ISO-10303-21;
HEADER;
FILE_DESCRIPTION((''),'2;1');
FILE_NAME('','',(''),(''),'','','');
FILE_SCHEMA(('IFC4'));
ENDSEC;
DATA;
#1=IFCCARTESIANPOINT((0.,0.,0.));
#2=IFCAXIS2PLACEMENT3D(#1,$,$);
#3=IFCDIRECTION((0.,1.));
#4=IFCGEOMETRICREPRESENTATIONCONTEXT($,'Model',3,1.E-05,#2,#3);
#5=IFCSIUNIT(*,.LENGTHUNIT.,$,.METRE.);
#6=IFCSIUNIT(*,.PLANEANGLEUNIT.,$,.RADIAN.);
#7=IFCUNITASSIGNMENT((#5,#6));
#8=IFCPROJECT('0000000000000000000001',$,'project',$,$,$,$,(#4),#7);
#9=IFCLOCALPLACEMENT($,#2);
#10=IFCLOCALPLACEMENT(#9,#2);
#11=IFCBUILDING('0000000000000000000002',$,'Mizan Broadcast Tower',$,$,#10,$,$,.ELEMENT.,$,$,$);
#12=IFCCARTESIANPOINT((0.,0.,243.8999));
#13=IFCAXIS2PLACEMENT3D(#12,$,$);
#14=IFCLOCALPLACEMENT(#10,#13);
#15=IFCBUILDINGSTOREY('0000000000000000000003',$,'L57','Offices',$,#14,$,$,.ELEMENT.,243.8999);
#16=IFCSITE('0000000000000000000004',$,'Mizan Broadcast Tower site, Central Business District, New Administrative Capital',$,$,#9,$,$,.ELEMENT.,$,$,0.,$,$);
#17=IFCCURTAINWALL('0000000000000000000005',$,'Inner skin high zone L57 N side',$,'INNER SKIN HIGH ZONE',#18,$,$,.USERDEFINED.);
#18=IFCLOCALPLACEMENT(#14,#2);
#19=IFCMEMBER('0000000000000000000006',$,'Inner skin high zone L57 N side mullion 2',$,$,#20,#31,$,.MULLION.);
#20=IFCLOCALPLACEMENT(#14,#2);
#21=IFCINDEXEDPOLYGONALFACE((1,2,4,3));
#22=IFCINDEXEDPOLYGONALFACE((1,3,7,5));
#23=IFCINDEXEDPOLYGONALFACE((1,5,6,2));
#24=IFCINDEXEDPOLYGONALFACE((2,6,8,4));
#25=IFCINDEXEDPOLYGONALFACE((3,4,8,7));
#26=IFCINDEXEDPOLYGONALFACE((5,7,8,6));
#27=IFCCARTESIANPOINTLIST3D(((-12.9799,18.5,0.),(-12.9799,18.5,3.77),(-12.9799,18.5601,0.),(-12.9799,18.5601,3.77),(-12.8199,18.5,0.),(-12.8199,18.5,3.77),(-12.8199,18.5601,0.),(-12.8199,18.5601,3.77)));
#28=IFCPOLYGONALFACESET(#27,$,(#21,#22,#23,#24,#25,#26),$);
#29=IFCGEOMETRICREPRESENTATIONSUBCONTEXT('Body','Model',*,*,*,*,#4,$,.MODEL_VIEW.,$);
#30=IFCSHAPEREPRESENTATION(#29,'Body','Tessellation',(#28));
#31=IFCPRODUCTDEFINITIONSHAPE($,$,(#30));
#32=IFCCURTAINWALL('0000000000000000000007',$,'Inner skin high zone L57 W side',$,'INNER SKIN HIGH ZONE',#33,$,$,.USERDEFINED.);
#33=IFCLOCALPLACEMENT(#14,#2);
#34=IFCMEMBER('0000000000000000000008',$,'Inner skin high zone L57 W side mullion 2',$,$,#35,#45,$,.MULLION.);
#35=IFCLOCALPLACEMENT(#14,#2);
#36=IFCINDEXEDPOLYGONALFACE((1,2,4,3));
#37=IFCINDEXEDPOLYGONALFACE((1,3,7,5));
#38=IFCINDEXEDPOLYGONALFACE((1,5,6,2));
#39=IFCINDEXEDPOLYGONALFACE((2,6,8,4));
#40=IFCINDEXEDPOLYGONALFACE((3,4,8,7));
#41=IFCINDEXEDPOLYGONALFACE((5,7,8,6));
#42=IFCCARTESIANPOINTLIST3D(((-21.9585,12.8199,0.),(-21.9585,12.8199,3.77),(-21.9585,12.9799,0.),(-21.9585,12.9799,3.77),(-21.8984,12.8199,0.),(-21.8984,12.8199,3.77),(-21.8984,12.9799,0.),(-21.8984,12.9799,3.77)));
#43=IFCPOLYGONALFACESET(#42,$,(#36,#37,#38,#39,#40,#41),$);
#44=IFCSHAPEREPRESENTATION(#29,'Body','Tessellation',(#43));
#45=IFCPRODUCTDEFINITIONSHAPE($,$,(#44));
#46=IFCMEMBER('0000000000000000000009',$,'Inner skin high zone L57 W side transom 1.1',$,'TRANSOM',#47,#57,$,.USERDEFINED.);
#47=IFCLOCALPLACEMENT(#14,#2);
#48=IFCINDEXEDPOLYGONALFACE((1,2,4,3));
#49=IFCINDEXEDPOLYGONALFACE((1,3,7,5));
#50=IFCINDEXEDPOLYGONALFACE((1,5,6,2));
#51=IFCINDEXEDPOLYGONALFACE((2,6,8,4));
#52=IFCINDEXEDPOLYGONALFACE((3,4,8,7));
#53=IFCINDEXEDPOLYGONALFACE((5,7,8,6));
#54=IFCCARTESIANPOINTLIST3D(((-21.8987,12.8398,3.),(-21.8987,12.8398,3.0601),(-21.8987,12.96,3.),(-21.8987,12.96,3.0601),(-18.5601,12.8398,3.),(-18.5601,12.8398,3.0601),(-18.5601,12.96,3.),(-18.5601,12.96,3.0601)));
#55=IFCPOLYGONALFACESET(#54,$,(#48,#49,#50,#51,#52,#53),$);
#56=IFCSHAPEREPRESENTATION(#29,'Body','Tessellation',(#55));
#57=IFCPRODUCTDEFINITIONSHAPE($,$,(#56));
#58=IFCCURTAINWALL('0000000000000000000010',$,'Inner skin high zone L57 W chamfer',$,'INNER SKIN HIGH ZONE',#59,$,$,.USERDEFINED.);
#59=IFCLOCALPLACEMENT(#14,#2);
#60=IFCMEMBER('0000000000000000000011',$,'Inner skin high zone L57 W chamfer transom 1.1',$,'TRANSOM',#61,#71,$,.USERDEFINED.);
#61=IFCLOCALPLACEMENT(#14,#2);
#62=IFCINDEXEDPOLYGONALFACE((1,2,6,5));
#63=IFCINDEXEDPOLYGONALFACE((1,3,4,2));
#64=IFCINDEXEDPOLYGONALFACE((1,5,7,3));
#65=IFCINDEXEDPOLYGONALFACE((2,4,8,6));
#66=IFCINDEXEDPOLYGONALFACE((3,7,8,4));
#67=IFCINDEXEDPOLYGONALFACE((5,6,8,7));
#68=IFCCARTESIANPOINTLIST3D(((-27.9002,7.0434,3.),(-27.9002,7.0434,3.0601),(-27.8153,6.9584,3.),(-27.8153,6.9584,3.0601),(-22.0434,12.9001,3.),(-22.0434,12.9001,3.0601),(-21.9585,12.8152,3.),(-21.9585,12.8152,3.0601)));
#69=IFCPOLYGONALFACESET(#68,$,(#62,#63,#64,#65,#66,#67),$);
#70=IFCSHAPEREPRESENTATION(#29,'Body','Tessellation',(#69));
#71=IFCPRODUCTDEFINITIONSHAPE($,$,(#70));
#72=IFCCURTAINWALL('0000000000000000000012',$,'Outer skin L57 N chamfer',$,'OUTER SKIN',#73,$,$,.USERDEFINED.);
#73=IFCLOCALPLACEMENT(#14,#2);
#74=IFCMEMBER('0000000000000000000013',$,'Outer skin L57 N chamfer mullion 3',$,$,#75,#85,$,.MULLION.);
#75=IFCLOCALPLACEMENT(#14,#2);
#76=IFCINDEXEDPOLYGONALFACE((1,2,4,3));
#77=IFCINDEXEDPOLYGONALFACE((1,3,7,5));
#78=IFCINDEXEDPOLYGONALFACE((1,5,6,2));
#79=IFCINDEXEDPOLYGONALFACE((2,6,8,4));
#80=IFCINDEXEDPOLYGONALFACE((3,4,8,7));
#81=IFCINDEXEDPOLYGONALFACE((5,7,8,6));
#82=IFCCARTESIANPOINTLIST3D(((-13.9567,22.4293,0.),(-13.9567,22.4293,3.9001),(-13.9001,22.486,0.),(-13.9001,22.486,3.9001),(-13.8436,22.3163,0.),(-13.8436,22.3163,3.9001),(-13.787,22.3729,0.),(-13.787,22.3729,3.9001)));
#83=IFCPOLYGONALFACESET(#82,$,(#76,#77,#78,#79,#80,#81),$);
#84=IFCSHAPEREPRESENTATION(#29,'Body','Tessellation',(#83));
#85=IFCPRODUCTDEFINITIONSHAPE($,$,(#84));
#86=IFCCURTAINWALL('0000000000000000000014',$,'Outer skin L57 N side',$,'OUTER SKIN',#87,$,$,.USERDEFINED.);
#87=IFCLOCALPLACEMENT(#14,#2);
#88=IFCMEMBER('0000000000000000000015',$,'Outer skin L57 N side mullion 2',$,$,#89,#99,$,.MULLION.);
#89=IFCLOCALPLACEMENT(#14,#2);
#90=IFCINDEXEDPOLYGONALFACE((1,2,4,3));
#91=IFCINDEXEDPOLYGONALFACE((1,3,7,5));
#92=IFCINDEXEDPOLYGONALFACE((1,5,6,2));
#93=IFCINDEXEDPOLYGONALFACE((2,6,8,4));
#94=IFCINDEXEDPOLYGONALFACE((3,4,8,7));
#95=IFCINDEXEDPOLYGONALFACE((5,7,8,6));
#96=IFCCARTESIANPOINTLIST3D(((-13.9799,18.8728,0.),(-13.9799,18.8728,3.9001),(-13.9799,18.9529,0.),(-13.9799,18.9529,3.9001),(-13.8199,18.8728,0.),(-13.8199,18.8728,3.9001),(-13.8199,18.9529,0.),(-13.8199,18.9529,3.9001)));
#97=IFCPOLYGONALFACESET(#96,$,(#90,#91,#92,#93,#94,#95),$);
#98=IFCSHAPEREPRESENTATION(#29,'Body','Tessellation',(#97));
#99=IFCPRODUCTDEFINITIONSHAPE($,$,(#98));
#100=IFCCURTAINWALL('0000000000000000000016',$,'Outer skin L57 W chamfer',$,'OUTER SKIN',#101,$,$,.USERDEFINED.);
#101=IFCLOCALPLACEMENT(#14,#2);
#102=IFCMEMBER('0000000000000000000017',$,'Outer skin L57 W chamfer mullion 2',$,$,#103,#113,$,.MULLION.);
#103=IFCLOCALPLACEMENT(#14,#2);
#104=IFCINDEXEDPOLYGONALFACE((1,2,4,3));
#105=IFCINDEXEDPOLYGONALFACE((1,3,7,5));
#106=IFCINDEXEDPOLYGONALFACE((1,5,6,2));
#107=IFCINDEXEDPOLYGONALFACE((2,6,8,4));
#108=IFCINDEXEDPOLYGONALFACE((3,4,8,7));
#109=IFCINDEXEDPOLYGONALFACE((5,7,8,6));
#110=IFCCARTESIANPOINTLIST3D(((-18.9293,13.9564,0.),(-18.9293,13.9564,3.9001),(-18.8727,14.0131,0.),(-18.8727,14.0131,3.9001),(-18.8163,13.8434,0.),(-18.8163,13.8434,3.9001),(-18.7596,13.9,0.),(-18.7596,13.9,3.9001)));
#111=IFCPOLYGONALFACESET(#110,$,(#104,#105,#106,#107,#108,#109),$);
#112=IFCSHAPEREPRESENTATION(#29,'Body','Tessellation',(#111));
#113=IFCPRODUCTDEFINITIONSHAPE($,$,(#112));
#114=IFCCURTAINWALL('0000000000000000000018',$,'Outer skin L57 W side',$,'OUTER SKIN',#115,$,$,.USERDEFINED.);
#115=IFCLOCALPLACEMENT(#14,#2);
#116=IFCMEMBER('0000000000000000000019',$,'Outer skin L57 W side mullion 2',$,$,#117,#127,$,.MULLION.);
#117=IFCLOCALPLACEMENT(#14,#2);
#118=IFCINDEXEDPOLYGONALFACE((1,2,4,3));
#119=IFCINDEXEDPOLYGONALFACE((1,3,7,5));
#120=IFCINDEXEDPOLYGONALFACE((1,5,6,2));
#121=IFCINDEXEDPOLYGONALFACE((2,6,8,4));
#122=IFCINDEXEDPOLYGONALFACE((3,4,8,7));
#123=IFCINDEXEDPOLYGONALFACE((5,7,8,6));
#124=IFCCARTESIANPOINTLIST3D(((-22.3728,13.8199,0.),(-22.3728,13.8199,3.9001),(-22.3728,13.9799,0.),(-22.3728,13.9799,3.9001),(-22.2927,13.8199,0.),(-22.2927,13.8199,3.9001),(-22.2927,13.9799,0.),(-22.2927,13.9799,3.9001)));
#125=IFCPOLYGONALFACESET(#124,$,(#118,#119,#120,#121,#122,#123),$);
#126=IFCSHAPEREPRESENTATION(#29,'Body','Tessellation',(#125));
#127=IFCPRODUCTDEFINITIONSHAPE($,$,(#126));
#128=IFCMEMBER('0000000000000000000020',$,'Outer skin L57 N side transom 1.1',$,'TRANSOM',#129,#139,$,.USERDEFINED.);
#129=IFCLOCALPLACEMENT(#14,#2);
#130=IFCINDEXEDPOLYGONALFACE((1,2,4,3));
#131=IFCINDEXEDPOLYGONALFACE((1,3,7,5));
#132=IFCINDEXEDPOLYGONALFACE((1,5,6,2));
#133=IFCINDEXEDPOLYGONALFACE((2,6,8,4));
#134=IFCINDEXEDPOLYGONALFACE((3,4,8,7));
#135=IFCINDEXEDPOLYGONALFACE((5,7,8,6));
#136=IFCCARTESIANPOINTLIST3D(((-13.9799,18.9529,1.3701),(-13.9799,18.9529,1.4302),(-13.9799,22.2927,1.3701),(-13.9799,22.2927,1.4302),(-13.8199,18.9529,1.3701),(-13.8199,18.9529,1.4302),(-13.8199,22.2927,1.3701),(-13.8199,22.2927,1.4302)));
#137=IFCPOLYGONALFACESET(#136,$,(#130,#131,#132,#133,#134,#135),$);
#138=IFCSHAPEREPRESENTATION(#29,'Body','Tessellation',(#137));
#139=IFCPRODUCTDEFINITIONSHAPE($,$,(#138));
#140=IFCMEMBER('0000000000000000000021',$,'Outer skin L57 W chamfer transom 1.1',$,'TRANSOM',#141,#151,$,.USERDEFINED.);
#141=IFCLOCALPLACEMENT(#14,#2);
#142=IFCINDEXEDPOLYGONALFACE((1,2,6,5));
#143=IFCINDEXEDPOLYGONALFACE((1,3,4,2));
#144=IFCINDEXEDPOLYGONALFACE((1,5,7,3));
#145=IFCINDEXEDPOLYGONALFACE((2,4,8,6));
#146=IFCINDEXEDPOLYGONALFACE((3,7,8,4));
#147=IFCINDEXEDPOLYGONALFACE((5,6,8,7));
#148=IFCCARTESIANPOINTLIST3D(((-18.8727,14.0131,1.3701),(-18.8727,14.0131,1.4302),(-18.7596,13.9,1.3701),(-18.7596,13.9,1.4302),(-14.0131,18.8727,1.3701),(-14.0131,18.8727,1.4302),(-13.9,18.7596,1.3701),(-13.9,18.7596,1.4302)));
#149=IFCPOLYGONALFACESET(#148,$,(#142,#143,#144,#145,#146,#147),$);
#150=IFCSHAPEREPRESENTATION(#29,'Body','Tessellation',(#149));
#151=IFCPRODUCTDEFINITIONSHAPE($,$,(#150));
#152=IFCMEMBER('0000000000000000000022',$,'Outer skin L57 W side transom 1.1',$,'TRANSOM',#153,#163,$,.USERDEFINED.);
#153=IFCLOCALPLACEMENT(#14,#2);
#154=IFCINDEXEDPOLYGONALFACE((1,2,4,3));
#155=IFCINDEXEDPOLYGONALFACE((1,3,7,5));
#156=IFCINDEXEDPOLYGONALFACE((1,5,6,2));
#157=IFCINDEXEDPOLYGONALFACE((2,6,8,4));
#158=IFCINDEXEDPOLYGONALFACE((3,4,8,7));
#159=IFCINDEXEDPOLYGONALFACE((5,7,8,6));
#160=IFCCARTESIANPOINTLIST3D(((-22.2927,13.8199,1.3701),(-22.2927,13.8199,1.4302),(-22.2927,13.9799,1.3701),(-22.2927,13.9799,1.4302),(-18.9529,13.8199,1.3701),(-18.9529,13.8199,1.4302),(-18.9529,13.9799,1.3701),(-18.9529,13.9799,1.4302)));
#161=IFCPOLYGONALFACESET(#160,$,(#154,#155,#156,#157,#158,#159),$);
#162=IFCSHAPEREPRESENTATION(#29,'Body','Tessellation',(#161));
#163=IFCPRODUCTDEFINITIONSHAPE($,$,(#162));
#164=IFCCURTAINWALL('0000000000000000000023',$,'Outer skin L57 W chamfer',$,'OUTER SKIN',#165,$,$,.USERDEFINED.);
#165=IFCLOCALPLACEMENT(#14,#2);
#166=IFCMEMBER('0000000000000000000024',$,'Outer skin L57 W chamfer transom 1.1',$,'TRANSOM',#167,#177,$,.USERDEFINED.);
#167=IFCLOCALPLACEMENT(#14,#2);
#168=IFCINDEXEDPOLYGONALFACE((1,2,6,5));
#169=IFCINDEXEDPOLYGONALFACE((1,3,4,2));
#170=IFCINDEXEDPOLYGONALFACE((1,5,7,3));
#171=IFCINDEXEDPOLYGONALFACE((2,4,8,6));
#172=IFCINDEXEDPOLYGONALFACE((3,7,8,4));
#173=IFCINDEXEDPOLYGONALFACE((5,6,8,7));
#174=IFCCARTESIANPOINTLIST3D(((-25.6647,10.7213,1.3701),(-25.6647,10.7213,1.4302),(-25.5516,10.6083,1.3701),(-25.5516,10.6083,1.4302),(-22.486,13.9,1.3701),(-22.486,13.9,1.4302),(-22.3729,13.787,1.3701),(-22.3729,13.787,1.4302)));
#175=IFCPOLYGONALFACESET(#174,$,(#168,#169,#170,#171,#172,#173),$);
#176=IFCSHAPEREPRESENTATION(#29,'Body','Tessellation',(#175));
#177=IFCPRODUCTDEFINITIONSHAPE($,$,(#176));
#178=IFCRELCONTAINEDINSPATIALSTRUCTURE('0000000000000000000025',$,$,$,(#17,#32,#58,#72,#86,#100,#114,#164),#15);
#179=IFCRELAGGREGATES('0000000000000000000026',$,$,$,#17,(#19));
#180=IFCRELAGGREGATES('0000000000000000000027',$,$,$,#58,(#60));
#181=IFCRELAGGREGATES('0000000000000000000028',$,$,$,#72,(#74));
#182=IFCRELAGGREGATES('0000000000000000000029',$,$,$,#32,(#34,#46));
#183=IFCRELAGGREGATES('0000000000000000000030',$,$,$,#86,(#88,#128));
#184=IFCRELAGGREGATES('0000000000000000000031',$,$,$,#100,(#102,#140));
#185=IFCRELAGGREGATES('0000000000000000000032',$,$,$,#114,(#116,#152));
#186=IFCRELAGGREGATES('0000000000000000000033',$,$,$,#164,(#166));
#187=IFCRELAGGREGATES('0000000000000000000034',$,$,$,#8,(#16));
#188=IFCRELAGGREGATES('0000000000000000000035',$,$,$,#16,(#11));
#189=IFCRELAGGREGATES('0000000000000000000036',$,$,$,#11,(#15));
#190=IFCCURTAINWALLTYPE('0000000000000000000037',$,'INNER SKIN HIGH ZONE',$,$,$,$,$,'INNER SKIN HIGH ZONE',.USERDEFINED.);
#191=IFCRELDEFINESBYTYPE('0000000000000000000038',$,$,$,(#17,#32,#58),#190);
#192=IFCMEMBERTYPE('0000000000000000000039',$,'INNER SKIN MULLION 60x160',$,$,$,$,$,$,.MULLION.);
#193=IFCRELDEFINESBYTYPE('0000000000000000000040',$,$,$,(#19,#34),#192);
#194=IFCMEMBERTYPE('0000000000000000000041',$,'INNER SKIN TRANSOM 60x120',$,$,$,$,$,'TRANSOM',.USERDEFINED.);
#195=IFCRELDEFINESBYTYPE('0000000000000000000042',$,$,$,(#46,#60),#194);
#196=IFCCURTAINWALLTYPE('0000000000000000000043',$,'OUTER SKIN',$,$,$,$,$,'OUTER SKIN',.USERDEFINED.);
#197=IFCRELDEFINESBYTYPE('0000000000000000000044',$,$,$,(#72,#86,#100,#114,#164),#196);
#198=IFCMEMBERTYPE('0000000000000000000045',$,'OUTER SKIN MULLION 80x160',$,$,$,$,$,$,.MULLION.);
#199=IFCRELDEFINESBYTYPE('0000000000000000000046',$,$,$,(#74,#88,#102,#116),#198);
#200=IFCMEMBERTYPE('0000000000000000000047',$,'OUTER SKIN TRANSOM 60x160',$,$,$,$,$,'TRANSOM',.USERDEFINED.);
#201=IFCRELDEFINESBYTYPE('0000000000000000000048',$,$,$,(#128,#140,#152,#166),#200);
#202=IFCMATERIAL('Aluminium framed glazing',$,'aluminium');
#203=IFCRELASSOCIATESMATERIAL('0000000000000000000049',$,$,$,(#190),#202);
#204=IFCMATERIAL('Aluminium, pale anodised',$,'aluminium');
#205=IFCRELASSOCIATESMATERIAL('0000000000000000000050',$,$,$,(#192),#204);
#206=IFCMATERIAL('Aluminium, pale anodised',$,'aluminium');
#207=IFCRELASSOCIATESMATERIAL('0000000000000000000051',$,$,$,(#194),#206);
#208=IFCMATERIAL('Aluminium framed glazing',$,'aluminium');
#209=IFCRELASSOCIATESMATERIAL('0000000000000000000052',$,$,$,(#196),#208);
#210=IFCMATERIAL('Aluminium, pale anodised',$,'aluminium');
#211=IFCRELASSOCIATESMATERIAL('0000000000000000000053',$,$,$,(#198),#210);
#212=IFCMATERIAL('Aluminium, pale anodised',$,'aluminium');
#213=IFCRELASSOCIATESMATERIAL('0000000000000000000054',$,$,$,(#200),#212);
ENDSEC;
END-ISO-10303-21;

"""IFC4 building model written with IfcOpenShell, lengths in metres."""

from ifc_helpers import new_model, si_unit, direction, frame, origin, origin_2d, place, context, subcontext, project, spatial, rectangle, extrude, material, material_profile, profile_set, type_object, element, aggregate, save


model = new_model("IFC4")

# Units and contexts
model_context = context("Model", 3, precision=1e-05, world=origin(), true_north=direction((0.0, 1.0)))
body_context = subcontext(model_context, "Body", "Model", "MODEL_VIEW")
ifc_project = project(units=[si_unit("LENGTHUNIT", "METRE"), si_unit("PLANEANGLEUNIT", "RADIAN")], contexts=[model_context])

# Site, building, storey
site_placement = place(None, origin())
site = spatial("IfcSite", under=ifc_project, at=site_placement, Name="Mizan Broadcast Tower site, Central Business District, New Administrative Capital", CompositionType="ELEMENT", RefElevation=0.0)
building_placement = place(site_placement, origin())
building = spatial("IfcBuilding", under=site, at=building_placement, Name="Mizan Broadcast Tower", CompositionType="ELEMENT")
storey_placement = place(building_placement, frame((0.0, 0.0, 243.8999)))
storey = spatial("IfcBuildingStorey", under=building, at=storey_placement, Name="L57", Description="Offices", CompositionType="ELEMENT", Elevation=243.8999)

# Curtain wall, member
ifc_material_1 = material(Name="Aluminium framed glazing", Category="aluminium")
curtain_wall_type_1 = type_object("IfcCurtainWallType", Name="INNER SKIN HIGH ZONE", ElementType="INNER SKIN HIGH ZONE", PredefinedType="USERDEFINED", material=ifc_material_1)
curtain_wall_1_placement = place(storey_placement, origin())
curtain_wall_1 = element("IfcCurtainWall", 1, at=curtain_wall_1_placement, inside=storey, type_object=curtain_wall_type_1, Name="Inner skin high zone L57 N side", ObjectType="INNER SKIN HIGH ZONE", PredefinedType="USERDEFINED")
ifc_material_2 = material(Name="Aluminium, pale anodised", Category="aluminium")
ifc_material_profile_1 = material_profile(ifc_material_2, rectangle(XDim=0.1599, YDim=0.0601, at=origin_2d()), Name="MULLION 160x60")
ifc_profile_set_1 = profile_set([ifc_material_profile_1], Name="Aluminium, pale anodised")
member_type_1 = type_object("IfcMemberType", Name="INNER SKIN MULLION 60x160", PredefinedType="MULLION", material=ifc_profile_set_1)
member_1_placement = place(storey_placement, frame((-12.8999, 18.53, 0.0), z_axis=(0.0, 0.0, 1.0), x_axis=(1.0, 0.0, 0.0)))
member_1 = element("IfcMember", 2, at=member_1_placement, type_object=member_type_1, Name="Inner skin high zone L57 N side mullion 2", PredefinedType="MULLION", context=body_context, shape_type="SweptSolid", body=[
    extrude(rectangle(XDim=0.1599, YDim=0.0601, at=origin_2d()), origin(), (0.0, 0.0, 1.0), 3.77),
])
aggregate(curtain_wall_1, [member_1])

# Curtain wall, members
curtain_wall_2_placement = place(storey_placement, origin())
curtain_wall_2 = element("IfcCurtainWall", 3, at=curtain_wall_2_placement, inside=storey, type_object=curtain_wall_type_1, Name="Inner skin high zone L57 W side", ObjectType="INNER SKIN HIGH ZONE", PredefinedType="USERDEFINED")
member_2_placement = place(storey_placement, frame((-21.9285, 12.8999, 0.0), z_axis=(0.0, 0.0, 1.0), x_axis=(0.0, -1.0, 0.0)))
member_2 = element("IfcMember", 4, at=member_2_placement, type_object=member_type_1, Name="Inner skin high zone L57 W side mullion 2", PredefinedType="MULLION", context=body_context, shape_type="SweptSolid", body=[
    extrude(rectangle(XDim=0.1599, YDim=0.0601, at=origin_2d()), origin(), (0.0, 0.0, 1.0), 3.77),
])
ifc_material_3 = material(Name="Aluminium, pale anodised", Category="aluminium")
ifc_material_profile_2 = material_profile(ifc_material_3, rectangle(XDim=0.1201, YDim=0.0601, at=origin_2d()), Name="TRANSOM 120x60")
ifc_profile_set_2 = profile_set([ifc_material_profile_2], Name="Aluminium, pale anodised")
member_type_2 = type_object("IfcMemberType", Name="INNER SKIN TRANSOM 60x120", ElementType="TRANSOM", PredefinedType="USERDEFINED", material=ifc_profile_set_2)
member_3_placement = place(storey_placement, frame((-18.5601, 12.8999, 3.03), z_axis=(-1.0, 0.0, 0.0), x_axis=(0.0, -1.0, 0.0)))
member_3 = element("IfcMember", 5, at=member_3_placement, type_object=member_type_2, Name="Inner skin high zone L57 W side transom 1.1", ObjectType="TRANSOM", PredefinedType="USERDEFINED", context=body_context, shape_type="SweptSolid", body=[
    extrude(rectangle(XDim=0.1201, YDim=0.0601, at=origin_2d()), origin(), (0.0, 0.0, 1.0), 3.3386),
])

# Curtain walls, members
curtain_wall_3_placement = place(storey_placement, origin())
curtain_wall_3 = element("IfcCurtainWall", 6, at=curtain_wall_3_placement, inside=storey, type_object=curtain_wall_type_1, Name="Inner skin high zone L57 W chamfer", ObjectType="INNER SKIN HIGH ZONE", PredefinedType="USERDEFINED")
member_4_placement = place(storey_placement, frame((-22.001, 12.8577, 3.03), z_axis=(-0.707107, -0.707107, 0.0), x_axis=(0.707107, -0.707107, 0.0)))
member_4 = element("IfcMember", 7, at=member_4_placement, type_object=member_type_2, Name="Inner skin high zone L57 W chamfer transom 1.1", ObjectType="TRANSOM", PredefinedType="USERDEFINED", context=body_context, shape_type="SweptSolid", body=[
    extrude(rectangle(XDim=0.1201, YDim=0.0601, at=origin_2d()), origin(), (0.0, 0.0, 1.0), 8.2827),
])
aggregate(curtain_wall_3, [member_4])
ifc_material_4 = material(Name="Aluminium framed glazing", Category="aluminium")
curtain_wall_type_2 = type_object("IfcCurtainWallType", Name="OUTER SKIN", ElementType="OUTER SKIN", PredefinedType="USERDEFINED", material=ifc_material_4)
curtain_wall_4_placement = place(storey_placement, origin())
curtain_wall_4 = element("IfcCurtainWall", 8, at=curtain_wall_4_placement, inside=storey, type_object=curtain_wall_type_2, Name="Outer skin L57 N chamfer", ObjectType="OUTER SKIN", PredefinedType="USERDEFINED")
ifc_material_5 = material(Name="Aluminium, pale anodised", Category="aluminium")
ifc_material_profile_3 = material_profile(ifc_material_5, rectangle(XDim=0.1599, YDim=0.0801, at=origin_2d()), Name="MULLION 160x80")
ifc_profile_set_3 = profile_set([ifc_material_profile_3], Name="Aluminium, pale anodised")
member_type_3 = type_object("IfcMemberType", Name="OUTER SKIN MULLION 80x160", PredefinedType="MULLION", material=ifc_profile_set_3)
member_5_placement = place(storey_placement, frame((-13.8718, 22.4011, 0.0), z_axis=(0.0, 0.0, 1.0), x_axis=(0.707107, -0.707107, 0.0)))
member_5 = element("IfcMember", 9, at=member_5_placement, type_object=member_type_3, Name="Outer skin L57 N chamfer mullion 3", PredefinedType="MULLION", context=body_context, shape_type="SweptSolid", body=[
    extrude(rectangle(XDim=0.1599, YDim=0.0801, at=origin_2d()), origin(), (0.0, 0.0, 1.0), 3.9001),
])
aggregate(curtain_wall_4, [member_5])
curtain_wall_5_placement = place(storey_placement, origin())
curtain_wall_5 = element("IfcCurtainWall", 10, at=curtain_wall_5_placement, inside=storey, type_object=curtain_wall_type_2, Name="Outer skin L57 N side", ObjectType="OUTER SKIN", PredefinedType="USERDEFINED")
member_6_placement = place(storey_placement, frame((-13.8999, 18.9128, 0.0), z_axis=(0.0, 0.0, 1.0), x_axis=(1.0, 0.0, 0.0)))
member_6 = element("IfcMember", 11, at=member_6_placement, type_object=member_type_3, Name="Outer skin L57 N side mullion 2", PredefinedType="MULLION", context=body_context, shape_type="SweptSolid", body=[
    extrude(rectangle(XDim=0.1599, YDim=0.0801, at=origin_2d()), origin(), (0.0, 0.0, 1.0), 3.9001),
])
curtain_wall_6_placement = place(storey_placement, origin())
curtain_wall_6 = element("IfcCurtainWall", 12, at=curtain_wall_6_placement, inside=storey, type_object=curtain_wall_type_2, Name="Outer skin L57 W chamfer", ObjectType="OUTER SKIN", PredefinedType="USERDEFINED")
member_7_placement = place(storey_placement, frame((-18.8445, 13.9282, 0.0), z_axis=(0.0, 0.0, 1.0), x_axis=(0.707107, -0.707107, 0.0)))
member_7 = element("IfcMember", 13, at=member_7_placement, type_object=member_type_3, Name="Outer skin L57 W chamfer mullion 2", PredefinedType="MULLION", context=body_context, shape_type="SweptSolid", body=[
    extrude(rectangle(XDim=0.1599, YDim=0.0801, at=origin_2d()), origin(), (0.0, 0.0, 1.0), 3.9001),
])
curtain_wall_7_placement = place(storey_placement, origin())
curtain_wall_7 = element("IfcCurtainWall", 14, at=curtain_wall_7_placement, inside=storey, type_object=curtain_wall_type_2, Name="Outer skin L57 W side", ObjectType="OUTER SKIN", PredefinedType="USERDEFINED")
member_8_placement = place(storey_placement, frame((-22.3328, 13.8999, 0.0), z_axis=(0.0, 0.0, 1.0), x_axis=(0.0, -1.0, 0.0)))
member_8 = element("IfcMember", 15, at=member_8_placement, type_object=member_type_3, Name="Outer skin L57 W side mullion 2", PredefinedType="MULLION", context=body_context, shape_type="SweptSolid", body=[
    extrude(rectangle(XDim=0.1599, YDim=0.0801, at=origin_2d()), origin(), (0.0, 0.0, 1.0), 3.9001),
])

# Members
ifc_material_6 = material(Name="Aluminium, pale anodised", Category="aluminium")
ifc_material_profile_4 = material_profile(ifc_material_6, rectangle(XDim=0.1599, YDim=0.0601, at=origin_2d()), Name="TRANSOM 160x60")
ifc_profile_set_4 = profile_set([ifc_material_profile_4], Name="Aluminium, pale anodised")
member_type_4 = type_object("IfcMemberType", Name="OUTER SKIN TRANSOM 60x160", ElementType="TRANSOM", PredefinedType="USERDEFINED", material=ifc_profile_set_4)
member_9_placement = place(storey_placement, frame((-13.8999, 22.2927, 1.4001), z_axis=(0.0, -1.0, 0.0), x_axis=(1.0, 0.0, 0.0)))
member_9 = element("IfcMember", 16, at=member_9_placement, type_object=member_type_4, Name="Outer skin L57 N side transom 1.1", ObjectType="TRANSOM", PredefinedType="USERDEFINED", context=body_context, shape_type="SweptSolid", body=[
    extrude(rectangle(XDim=0.1599, YDim=0.0601, at=origin_2d()), origin(), (0.0, 0.0, 1.0), 3.3398),
])
member_10_placement = place(storey_placement, frame((-13.9565, 18.8162, 1.4001), z_axis=(-0.707107, -0.707107, 0.0), x_axis=(0.707107, -0.707107, 0.0)))
member_10 = element("IfcMember", 17, at=member_10_placement, type_object=member_type_4, Name="Outer skin L57 W chamfer transom 1.1", ObjectType="TRANSOM", PredefinedType="USERDEFINED", context=body_context, shape_type="SweptSolid", body=[
    extrude(rectangle(XDim=0.1599, YDim=0.0601, at=origin_2d()), origin(), (0.0, 0.0, 1.0), 6.8726),
])
member_11_placement = place(storey_placement, frame((-18.9529, 13.8999, 1.4001), z_axis=(-1.0, 0.0, 0.0), x_axis=(0.0, -1.0, 0.0)))
member_11 = element("IfcMember", 18, at=member_11_placement, type_object=member_type_4, Name="Outer skin L57 W side transom 1.1", ObjectType="TRANSOM", PredefinedType="USERDEFINED", context=body_context, shape_type="SweptSolid", body=[
    extrude(rectangle(XDim=0.1599, YDim=0.0601, at=origin_2d()), origin(), (0.0, 0.0, 1.0), 3.3398),
])

# Curtain wall, member
curtain_wall_8_placement = place(storey_placement, origin())
curtain_wall_8 = element("IfcCurtainWall", 19, at=curtain_wall_8_placement, inside=storey, type_object=curtain_wall_type_2, Name="Outer skin L57 W chamfer", ObjectType="OUTER SKIN", PredefinedType="USERDEFINED")
member_12_placement = place(storey_placement, frame((-22.4294, 13.8435, 1.4001), z_axis=(-0.707107, -0.707107, 0.0), x_axis=(0.707107, -0.707107, 0.0)))
member_12 = element("IfcMember", 20, at=member_12_placement, type_object=member_type_4, Name="Outer skin L57 W chamfer transom 1.1", ObjectType="TRANSOM", PredefinedType="USERDEFINED", context=body_context, shape_type="SweptSolid", body=[
    extrude(rectangle(XDim=0.1599, YDim=0.0601, at=origin_2d()), origin(), (0.0, 0.0, 1.0), 4.4954),
])

aggregate(curtain_wall_2, [member_2, member_3])
aggregate(curtain_wall_5, [member_6, member_9])
aggregate(curtain_wall_6, [member_7, member_10])
aggregate(curtain_wall_7, [member_8, member_11])
aggregate(curtain_wall_8, [member_12])

save(model, "model.ifc")
